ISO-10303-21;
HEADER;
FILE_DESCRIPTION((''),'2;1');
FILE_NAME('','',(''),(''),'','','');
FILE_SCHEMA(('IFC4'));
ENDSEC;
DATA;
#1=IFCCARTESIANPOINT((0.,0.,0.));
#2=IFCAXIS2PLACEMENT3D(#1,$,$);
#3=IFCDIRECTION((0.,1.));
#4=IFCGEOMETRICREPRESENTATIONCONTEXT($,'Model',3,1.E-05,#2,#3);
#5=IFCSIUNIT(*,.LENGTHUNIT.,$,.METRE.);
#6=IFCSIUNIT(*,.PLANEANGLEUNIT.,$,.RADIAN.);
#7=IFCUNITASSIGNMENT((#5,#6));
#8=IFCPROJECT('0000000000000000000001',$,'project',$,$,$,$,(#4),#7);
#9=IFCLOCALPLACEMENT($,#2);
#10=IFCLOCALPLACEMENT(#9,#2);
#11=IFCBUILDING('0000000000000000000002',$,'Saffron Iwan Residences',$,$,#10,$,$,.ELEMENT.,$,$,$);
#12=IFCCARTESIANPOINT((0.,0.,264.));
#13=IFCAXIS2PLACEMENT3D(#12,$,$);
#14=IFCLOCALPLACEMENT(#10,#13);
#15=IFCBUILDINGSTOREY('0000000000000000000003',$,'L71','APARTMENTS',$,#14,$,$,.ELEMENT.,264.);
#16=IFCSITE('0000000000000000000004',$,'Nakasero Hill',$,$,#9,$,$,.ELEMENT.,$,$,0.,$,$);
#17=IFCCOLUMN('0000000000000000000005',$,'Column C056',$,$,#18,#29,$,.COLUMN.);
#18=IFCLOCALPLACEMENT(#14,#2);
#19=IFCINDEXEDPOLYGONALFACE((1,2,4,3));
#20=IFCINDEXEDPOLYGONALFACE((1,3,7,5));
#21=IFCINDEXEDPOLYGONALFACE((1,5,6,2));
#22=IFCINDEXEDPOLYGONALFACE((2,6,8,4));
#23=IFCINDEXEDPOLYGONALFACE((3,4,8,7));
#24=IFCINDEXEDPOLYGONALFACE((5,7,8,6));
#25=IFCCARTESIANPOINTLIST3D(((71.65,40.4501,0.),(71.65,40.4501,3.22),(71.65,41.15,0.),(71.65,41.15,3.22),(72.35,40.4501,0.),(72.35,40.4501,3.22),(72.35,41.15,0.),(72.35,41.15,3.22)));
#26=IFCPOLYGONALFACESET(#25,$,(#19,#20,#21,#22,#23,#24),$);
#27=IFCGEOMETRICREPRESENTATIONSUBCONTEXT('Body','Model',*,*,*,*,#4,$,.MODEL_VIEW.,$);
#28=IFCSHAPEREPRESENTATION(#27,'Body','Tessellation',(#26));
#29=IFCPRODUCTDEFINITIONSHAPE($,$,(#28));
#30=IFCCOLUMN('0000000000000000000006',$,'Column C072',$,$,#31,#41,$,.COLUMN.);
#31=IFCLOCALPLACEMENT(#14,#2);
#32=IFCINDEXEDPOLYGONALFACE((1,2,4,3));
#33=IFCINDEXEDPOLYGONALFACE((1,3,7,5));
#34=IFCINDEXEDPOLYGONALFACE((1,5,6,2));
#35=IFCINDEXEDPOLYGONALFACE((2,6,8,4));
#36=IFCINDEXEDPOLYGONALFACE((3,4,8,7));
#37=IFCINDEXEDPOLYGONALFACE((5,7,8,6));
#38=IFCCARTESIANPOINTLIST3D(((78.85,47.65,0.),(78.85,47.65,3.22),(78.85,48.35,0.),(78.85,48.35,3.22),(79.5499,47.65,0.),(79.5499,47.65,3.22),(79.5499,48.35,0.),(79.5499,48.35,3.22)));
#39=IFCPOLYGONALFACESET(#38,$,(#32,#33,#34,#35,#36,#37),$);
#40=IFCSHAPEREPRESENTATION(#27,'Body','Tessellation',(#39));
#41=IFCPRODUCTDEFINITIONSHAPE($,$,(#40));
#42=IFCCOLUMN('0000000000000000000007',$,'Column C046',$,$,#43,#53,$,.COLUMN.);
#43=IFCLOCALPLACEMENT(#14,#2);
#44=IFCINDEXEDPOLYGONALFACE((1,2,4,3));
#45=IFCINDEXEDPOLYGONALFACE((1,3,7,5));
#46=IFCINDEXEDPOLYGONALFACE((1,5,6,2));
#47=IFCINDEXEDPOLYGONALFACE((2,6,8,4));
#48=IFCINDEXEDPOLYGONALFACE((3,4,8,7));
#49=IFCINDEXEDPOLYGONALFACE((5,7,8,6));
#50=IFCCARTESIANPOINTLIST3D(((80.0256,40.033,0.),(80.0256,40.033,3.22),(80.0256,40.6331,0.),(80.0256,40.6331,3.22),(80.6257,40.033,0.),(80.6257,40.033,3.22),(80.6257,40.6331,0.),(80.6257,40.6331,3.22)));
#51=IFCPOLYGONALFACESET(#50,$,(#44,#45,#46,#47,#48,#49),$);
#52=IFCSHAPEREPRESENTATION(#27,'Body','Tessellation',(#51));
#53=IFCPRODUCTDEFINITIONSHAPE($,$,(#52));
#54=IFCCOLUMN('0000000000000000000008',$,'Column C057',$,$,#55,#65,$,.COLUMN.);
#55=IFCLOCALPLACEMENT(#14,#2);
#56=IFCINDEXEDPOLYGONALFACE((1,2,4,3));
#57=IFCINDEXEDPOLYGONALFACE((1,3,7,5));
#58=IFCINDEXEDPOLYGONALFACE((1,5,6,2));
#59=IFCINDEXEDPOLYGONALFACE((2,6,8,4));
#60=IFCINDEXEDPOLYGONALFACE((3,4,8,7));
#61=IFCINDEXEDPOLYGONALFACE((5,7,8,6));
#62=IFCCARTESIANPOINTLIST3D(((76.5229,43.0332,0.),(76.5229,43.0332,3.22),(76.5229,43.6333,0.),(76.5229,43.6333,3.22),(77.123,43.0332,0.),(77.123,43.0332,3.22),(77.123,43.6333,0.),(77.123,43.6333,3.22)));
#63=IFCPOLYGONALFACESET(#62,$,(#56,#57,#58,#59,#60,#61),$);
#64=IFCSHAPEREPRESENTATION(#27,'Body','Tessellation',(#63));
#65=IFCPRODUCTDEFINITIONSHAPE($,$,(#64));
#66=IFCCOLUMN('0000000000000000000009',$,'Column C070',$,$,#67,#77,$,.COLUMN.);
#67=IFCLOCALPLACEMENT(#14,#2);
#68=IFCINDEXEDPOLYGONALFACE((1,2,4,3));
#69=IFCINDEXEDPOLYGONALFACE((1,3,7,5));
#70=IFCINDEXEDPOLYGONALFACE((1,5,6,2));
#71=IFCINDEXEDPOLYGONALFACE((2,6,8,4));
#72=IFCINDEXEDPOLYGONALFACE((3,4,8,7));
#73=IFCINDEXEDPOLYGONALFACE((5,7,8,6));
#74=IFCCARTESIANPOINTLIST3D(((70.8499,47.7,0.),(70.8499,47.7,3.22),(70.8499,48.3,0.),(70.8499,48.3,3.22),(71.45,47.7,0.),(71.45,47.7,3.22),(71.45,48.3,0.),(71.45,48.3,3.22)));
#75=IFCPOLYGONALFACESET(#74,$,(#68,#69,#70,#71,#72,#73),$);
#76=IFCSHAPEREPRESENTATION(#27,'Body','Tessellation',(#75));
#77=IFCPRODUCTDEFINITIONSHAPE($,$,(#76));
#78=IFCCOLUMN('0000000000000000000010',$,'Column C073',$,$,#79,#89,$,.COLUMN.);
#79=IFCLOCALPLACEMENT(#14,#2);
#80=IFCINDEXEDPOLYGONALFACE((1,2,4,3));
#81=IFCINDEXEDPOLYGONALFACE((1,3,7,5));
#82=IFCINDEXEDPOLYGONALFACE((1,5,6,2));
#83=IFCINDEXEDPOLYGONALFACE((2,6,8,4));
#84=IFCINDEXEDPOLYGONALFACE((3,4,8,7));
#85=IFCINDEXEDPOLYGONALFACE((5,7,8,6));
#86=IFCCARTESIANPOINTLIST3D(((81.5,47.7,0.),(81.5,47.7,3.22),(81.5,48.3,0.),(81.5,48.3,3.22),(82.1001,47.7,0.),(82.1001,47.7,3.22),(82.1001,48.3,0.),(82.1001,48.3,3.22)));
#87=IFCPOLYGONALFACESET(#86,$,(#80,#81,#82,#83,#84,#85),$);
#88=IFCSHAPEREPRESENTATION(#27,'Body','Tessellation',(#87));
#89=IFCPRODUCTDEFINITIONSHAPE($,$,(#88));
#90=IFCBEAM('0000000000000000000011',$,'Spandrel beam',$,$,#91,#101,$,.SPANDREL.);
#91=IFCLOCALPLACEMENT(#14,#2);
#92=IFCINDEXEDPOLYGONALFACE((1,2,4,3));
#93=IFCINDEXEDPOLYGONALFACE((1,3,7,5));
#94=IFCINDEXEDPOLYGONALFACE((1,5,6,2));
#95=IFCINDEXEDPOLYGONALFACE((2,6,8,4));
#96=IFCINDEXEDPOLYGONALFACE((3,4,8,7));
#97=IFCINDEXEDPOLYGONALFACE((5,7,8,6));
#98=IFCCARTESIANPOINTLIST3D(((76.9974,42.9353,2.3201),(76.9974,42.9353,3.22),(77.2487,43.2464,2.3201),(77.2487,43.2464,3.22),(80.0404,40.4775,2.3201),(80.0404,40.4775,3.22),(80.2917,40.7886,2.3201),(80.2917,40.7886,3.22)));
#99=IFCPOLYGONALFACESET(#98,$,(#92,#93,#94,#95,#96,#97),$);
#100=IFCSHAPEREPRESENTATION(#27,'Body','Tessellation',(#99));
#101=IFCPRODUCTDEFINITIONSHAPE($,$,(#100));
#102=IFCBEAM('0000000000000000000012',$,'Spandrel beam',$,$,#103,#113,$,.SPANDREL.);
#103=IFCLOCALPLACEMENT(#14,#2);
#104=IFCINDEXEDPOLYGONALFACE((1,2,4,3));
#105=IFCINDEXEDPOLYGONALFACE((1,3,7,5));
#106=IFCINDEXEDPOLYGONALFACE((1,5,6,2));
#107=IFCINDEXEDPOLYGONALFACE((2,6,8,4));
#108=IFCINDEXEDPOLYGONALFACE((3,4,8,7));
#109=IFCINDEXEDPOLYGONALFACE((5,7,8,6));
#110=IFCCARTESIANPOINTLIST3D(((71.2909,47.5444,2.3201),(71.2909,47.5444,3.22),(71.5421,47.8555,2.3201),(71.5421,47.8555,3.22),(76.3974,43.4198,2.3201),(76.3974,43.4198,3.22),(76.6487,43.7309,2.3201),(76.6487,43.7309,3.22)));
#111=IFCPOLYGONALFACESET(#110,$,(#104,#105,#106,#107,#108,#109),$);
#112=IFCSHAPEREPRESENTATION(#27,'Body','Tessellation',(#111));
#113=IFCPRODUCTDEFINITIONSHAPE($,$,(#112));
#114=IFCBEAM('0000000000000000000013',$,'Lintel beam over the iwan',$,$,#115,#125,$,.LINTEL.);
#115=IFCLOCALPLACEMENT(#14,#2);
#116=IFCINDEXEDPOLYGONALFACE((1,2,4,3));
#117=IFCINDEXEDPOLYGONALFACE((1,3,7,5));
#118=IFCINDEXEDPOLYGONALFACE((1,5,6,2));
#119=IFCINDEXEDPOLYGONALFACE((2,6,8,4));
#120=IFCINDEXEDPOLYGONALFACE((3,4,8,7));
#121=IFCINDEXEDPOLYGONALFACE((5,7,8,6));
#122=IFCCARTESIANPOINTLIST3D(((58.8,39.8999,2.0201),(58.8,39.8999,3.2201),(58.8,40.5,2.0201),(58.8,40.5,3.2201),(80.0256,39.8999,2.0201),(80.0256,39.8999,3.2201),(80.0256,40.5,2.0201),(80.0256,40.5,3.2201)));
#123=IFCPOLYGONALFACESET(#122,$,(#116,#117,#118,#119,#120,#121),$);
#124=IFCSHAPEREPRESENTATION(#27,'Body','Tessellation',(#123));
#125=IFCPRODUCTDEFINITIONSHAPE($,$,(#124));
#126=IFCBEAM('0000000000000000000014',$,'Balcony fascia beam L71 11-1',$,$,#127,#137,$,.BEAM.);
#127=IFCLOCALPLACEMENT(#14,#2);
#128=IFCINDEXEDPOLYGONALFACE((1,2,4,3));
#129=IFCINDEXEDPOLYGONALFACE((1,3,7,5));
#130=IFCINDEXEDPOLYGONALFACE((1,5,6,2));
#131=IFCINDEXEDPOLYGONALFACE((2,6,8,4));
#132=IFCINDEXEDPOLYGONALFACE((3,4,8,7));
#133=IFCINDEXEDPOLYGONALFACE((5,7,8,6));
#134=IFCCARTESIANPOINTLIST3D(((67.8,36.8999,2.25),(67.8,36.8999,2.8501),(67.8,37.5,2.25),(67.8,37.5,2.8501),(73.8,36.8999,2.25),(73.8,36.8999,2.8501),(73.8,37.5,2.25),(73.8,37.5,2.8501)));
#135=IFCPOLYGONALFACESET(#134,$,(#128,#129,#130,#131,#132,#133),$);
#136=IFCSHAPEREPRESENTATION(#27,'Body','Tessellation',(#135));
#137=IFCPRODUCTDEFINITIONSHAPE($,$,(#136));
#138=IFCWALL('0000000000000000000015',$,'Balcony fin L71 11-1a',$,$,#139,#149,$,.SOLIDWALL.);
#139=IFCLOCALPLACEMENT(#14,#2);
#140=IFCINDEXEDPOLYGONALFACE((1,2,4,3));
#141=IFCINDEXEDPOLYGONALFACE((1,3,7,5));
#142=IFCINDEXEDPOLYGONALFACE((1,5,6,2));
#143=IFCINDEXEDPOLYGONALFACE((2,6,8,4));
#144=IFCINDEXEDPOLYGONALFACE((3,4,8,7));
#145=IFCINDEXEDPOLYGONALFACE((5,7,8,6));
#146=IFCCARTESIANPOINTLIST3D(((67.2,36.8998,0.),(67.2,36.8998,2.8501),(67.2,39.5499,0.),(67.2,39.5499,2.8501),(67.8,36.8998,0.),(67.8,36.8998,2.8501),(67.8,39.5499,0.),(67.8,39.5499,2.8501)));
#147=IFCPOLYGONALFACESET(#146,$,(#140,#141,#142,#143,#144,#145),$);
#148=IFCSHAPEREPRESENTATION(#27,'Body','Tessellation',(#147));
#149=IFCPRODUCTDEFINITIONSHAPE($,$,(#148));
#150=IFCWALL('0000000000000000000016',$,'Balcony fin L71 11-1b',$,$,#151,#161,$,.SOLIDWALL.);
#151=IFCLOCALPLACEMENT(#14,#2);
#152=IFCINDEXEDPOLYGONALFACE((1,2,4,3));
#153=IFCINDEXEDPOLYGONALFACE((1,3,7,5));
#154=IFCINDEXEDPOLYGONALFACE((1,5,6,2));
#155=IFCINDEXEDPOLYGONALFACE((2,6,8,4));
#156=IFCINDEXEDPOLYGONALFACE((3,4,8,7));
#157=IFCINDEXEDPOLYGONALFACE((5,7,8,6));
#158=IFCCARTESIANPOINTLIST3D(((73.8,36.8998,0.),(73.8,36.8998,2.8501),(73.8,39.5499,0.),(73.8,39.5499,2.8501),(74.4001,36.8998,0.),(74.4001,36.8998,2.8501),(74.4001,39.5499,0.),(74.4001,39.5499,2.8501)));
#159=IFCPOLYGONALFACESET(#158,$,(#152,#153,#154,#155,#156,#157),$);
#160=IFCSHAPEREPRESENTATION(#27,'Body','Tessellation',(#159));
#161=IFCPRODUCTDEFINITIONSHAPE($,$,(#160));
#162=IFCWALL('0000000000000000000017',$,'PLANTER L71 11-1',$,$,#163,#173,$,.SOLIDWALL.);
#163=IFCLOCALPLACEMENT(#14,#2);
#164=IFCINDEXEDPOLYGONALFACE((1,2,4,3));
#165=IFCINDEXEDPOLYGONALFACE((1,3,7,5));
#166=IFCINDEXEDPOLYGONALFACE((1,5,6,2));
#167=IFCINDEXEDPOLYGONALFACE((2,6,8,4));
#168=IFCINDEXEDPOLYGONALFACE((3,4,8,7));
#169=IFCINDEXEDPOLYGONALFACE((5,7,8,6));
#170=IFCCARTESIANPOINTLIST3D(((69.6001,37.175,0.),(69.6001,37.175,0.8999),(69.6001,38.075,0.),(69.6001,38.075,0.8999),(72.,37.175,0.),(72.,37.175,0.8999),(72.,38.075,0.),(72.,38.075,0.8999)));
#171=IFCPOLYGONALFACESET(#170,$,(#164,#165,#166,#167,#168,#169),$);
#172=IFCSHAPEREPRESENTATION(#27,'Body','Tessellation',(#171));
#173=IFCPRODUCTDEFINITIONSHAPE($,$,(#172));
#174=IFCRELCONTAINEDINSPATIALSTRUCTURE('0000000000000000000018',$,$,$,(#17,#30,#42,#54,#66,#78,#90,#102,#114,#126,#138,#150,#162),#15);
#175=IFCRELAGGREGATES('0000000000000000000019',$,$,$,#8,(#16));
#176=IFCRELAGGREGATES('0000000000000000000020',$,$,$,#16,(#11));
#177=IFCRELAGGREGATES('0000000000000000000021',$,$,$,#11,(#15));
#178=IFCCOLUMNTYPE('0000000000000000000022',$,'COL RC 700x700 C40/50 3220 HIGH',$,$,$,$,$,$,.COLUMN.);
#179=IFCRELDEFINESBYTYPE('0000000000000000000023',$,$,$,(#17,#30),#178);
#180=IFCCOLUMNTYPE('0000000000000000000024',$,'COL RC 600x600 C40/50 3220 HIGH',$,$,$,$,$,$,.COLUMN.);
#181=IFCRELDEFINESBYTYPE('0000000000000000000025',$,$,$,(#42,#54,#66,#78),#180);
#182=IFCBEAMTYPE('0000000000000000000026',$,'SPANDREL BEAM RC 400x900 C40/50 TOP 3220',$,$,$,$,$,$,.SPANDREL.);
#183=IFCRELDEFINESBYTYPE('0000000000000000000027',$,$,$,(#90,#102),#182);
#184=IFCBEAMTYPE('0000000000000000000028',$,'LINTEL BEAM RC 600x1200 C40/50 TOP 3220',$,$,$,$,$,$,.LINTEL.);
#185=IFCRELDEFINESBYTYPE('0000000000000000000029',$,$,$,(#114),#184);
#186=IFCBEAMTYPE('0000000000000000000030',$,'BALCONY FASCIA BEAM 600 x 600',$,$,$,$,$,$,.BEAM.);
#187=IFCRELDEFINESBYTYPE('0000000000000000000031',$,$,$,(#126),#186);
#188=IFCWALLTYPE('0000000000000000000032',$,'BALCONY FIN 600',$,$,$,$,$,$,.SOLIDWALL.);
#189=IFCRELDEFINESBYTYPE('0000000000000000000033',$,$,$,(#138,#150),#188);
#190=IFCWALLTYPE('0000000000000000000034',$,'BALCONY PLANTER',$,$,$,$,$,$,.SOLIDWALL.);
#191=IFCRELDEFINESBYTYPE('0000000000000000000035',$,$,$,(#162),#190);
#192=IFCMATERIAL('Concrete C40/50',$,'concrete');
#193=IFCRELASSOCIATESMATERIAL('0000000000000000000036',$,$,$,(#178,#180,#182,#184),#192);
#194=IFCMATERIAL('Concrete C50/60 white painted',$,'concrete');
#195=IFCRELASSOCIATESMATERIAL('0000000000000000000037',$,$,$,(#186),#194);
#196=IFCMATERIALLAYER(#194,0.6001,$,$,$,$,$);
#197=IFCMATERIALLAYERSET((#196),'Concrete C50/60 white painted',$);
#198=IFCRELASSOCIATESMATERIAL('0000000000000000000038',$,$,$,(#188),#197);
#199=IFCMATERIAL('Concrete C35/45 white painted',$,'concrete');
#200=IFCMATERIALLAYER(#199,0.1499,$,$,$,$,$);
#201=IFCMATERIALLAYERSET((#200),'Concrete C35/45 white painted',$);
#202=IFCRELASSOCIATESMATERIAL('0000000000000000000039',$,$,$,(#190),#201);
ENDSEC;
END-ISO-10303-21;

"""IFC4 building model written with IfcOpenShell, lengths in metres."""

from ifc_helpers import new_model, si_unit, direction, frame, frame_2d, origin, origin_2d, place, context, subcontext, project, spatial, rectangle, extrude, source, transform, mapped, material, layer, layer_set, material_profile, profile_set, type_object, element, save


model = new_model("IFC4")

# Units and contexts
model_context = context("Model", 3, precision=1e-05, world=origin(), true_north=direction((0.0, 1.0)))
body_context = subcontext(model_context, "Body", "Model", "MODEL_VIEW")
ifc_project = project(units=[si_unit("LENGTHUNIT", "METRE"), si_unit("PLANEANGLEUNIT", "RADIAN")], contexts=[model_context])

# Site, building, storey
site_placement = place(None, origin())
site = spatial("IfcSite", under=ifc_project, at=site_placement, Name="Nakasero Hill", CompositionType="ELEMENT", RefElevation=0.0)
building_placement = place(site_placement, origin())
building = spatial("IfcBuilding", under=site, at=building_placement, Name="Saffron Iwan Residences", CompositionType="ELEMENT")
storey_placement = place(building_placement, frame((0.0, 0.0, 264.0)))
storey = spatial("IfcBuildingStorey", under=building, at=storey_placement, Name="L71", Description="APARTMENTS", CompositionType="ELEMENT", Elevation=264.0)

# Columns
ifc_material_1 = material(Name="Concrete C40/50", Category="concrete")
ifc_material_profile_1 = material_profile(ifc_material_1, rectangle(XDim=0.7, YDim=0.7, at=origin_2d()), Name="RC 700x700")
ifc_profile_set_1 = profile_set([ifc_material_profile_1], Name="Concrete C40/50")
column_type_1 = type_object("IfcColumnType", Name="COL RC 700x700 C40/50 3220 HIGH", PredefinedType="COLUMN", material=ifc_profile_set_1)
shared_shape_1 = source(origin(), body_context, "Body", "SweptSolid", [
    extrude(rectangle(XDim=0.7, YDim=0.7, at=origin_2d()), origin(), (0.0, 0.0, 1.0), 3.22),
])
for number, where, z_axis, x_axis, name in (
    (1, (72.0, 40.8, 0.0), (0.0, 0.0, 1.0), (1.0, 0.0, 0.0), "Column C056"),
    (2, (79.2, 48.0, 0.0), (0.0, 0.0, 1.0), (1.0, 0.0, 0.0), "Column C072"),
):
    element("IfcColumn", number, at=place(storey_placement, frame(where, z_axis=z_axis, x_axis=x_axis)), inside=storey, type_object=column_type_1, Name=name, PredefinedType="COLUMN", context=body_context, shape_type="MappedRepresentation", body=[
        mapped(shared_shape_1, transform((0.0, 0.0, 0.0))),
    ])
ifc_material_profile_2 = material_profile(ifc_material_1, rectangle(XDim=0.6001, YDim=0.6001, at=origin_2d()), Name="RC 600x600")
ifc_profile_set_2 = profile_set([ifc_material_profile_2], Name="Concrete C40/50")
column_type_2 = type_object("IfcColumnType", Name="COL RC 600x600 C40/50 3220 HIGH", PredefinedType="COLUMN", material=ifc_profile_set_2)
shared_shape_2 = source(origin(), body_context, "Body", "SweptSolid", [
    extrude(rectangle(XDim=0.6001, YDim=0.6001, at=origin_2d()), origin(), (0.0, 0.0, 1.0), 3.22),
])
for number, where, z_axis, x_axis, name in (
    (3, (80.3257, 40.333, 0.0), (0.0, 0.0, 1.0), (1.0, 0.0, 0.0), "Column C046"),
    (4, (76.823, 43.3333, 0.0), (0.0, 0.0, 1.0), (1.0, 0.0, 0.0), "Column C057"),
    (5, (71.1499, 48.0, 0.0), (0.0, 0.0, 1.0), (1.0, 0.0, 0.0), "Column C070"),
    (6, (81.8, 48.0, 0.0), (0.0, 0.0, 1.0), (1.0, 0.0, 0.0), "Column C073"),
):
    element("IfcColumn", number, at=place(storey_placement, frame(where, z_axis=z_axis, x_axis=x_axis)), inside=storey, type_object=column_type_2, Name=name, PredefinedType="COLUMN", context=body_context, shape_type="MappedRepresentation", body=[
        mapped(shared_shape_2, transform((0.0, 0.0, 0.0))),
    ])

# Beams
ifc_material_profile_3 = material_profile(ifc_material_1, rectangle(XDim=0.3999, YDim=0.8999, at=origin_2d()), Name="RC 400x900")
ifc_profile_set_3 = profile_set([ifc_material_profile_3], Name="Concrete C40/50")
beam_type_1 = type_object("IfcBeamType", Name="SPANDREL BEAM RC 400x900 C40/50 TOP 3220", PredefinedType="SPANDREL", material=ifc_profile_set_3)
shared_shape_3 = source(origin(), body_context, "Body", "SweptSolid", [
    extrude(rectangle(XDim=0.3999, YDim=0.8999, at=origin_2d()), origin(), (0.0, 0.0, 1.0), 3.9116),
])
beam_1_placement = place(storey_placement, frame((77.123, 43.0908, 2.77), z_axis=(0.777944, -0.628334, 0.0), x_axis=(0.628334, 0.777944, 0.0)))
element("IfcBeam", 7, at=beam_1_placement, inside=storey, type_object=beam_type_1, Name="Spandrel beam", PredefinedType="SPANDREL", context=body_context, shape_type="MappedRepresentation", body=[
    mapped(shared_shape_3, transform((0.0, 0.0, 0.0))),
])
shared_shape_4 = source(origin(), body_context, "Body", "SweptSolid", [
    extrude(rectangle(XDim=0.3999, YDim=0.8999, at=origin_2d()), origin(), (0.0, 0.0, 1.0), 6.5642),
])
beam_2_placement = place(storey_placement, frame((71.4165, 47.7, 2.77), z_axis=(0.777936, -0.628344, 0.0), x_axis=(0.628344, 0.777936, 0.0)))
element("IfcBeam", 8, at=beam_2_placement, inside=storey, type_object=beam_type_1, Name="Spandrel beam", PredefinedType="SPANDREL", context=body_context, shape_type="MappedRepresentation", body=[
    mapped(shared_shape_4, transform((0.0, 0.0, 0.0))),
])
ifc_material_profile_4 = material_profile(ifc_material_1, rectangle(XDim=0.6001, YDim=1.2, at=origin_2d()), Name="RC 600x1200")
ifc_profile_set_4 = profile_set([ifc_material_profile_4], Name="Concrete C40/50")
beam_type_2 = type_object("IfcBeamType", Name="LINTEL BEAM RC 600x1200 C40/50 TOP 3220", PredefinedType="LINTEL", material=ifc_profile_set_4)
shared_shape_5 = source(origin(), body_context, "Body", "SweptSolid", [
    extrude(rectangle(XDim=0.6001, YDim=1.2, at=origin_2d()), origin(), (0.0, 0.0, 1.0), 21.2256),
])
beam_3_placement = place(storey_placement, frame((80.0256, 40.2, 2.6201), z_axis=(-1.0, 0.0, 0.0), x_axis=(0.0, -1.0, 0.0)))
element("IfcBeam", 9, at=beam_3_placement, inside=storey, type_object=beam_type_2, Name="Lintel beam over the iwan", PredefinedType="LINTEL", context=body_context, shape_type="MappedRepresentation", body=[
    mapped(shared_shape_5, transform((0.0, 0.0, 0.0))),
])
ifc_material_2 = material(Name="Concrete C50/60 white painted", Category="concrete")
ifc_material_profile_5 = material_profile(ifc_material_2, rectangle(XDim=0.6001, YDim=0.6001, at=origin_2d()), Name="BALCONY FASCIA BEAM 600 x 600")
ifc_profile_set_5 = profile_set([ifc_material_profile_5], Name="Concrete C50/60 white painted")
beam_type_3 = type_object("IfcBeamType", Name="BALCONY FASCIA BEAM 600 x 600", PredefinedType="BEAM", material=ifc_profile_set_5)
shared_shape_6 = source(origin(), body_context, "Body", "SweptSolid", [
    extrude(rectangle(XDim=0.6001, YDim=0.6001, at=origin_2d()), origin(), (0.0, 0.0, 1.0), 6.0),
])
beam_4_placement = place(storey_placement, frame((67.8, 37.2, 2.55), z_axis=(1.0, 0.0, 0.0), x_axis=(0.0, 1.0, 0.0)))
element("IfcBeam", 10, at=beam_4_placement, inside=storey, type_object=beam_type_3, Name="Balcony fascia beam L71 11-1", PredefinedType="BEAM", context=body_context, shape_type="MappedRepresentation", body=[
    mapped(shared_shape_6, transform((0.0, 0.0, 0.0))),
])

# Walls
ifc_layer_1 = layer(ifc_material_2, 0.6001)
ifc_layer_set_1 = layer_set([ifc_layer_1], Name="Concrete C50/60 white painted")
wall_type_1 = type_object("IfcWallType", Name="BALCONY FIN 600", PredefinedType="SOLIDWALL", material=ifc_layer_set_1)
for number, where, z_axis, x_axis, name in (
    (11, (67.5, 39.55, 0.0), (0.0, 0.0, 1.0), (0.0, -1.0, 0.0), "Balcony fin L71 11-1a"),
    (12, (74.1001, 39.55, 0.0), (0.0, 0.0, 1.0), (0.0, -1.0, 0.0), "Balcony fin L71 11-1b"),
):
    element("IfcWall", number, at=place(storey_placement, frame(where, z_axis=z_axis, x_axis=x_axis)), inside=storey, type_object=wall_type_1, Name=name, PredefinedType="SOLIDWALL", context=body_context, shape_type="SweptSolid", body=[
        extrude(rectangle(XDim=2.6501, YDim=0.6001, at=frame_2d((1.3252, 0.0))), origin(), (0.0, 0.0, 1.0), 2.8501),
    ])
ifc_material_3 = material(Name="Concrete C35/45 white painted", Category="concrete")
ifc_layer_2 = layer(ifc_material_3, 0.1499)
ifc_layer_set_2 = layer_set([ifc_layer_2], Name="Concrete C35/45 white painted")
wall_type_2 = type_object("IfcWallType", Name="BALCONY PLANTER", PredefinedType="SOLIDWALL", material=ifc_layer_set_2)
wall_1_placement = place(storey_placement, frame((69.6001, 37.625, 0.0), z_axis=(0.0, 0.0, 1.0), x_axis=(1.0, 0.0, 0.0)))
element("IfcWall", 13, at=wall_1_placement, inside=storey, type_object=wall_type_2, Name="PLANTER L71 11-1", PredefinedType="SOLIDWALL", context=body_context, shape_type="SweptSolid", body=[
    extrude(rectangle(XDim=2.3999, YDim=0.8999, at=frame_2d((1.2, 0.0))), origin(), (0.0, 0.0, 1.0), 0.8999),
])

save(model, "model.ifc")
